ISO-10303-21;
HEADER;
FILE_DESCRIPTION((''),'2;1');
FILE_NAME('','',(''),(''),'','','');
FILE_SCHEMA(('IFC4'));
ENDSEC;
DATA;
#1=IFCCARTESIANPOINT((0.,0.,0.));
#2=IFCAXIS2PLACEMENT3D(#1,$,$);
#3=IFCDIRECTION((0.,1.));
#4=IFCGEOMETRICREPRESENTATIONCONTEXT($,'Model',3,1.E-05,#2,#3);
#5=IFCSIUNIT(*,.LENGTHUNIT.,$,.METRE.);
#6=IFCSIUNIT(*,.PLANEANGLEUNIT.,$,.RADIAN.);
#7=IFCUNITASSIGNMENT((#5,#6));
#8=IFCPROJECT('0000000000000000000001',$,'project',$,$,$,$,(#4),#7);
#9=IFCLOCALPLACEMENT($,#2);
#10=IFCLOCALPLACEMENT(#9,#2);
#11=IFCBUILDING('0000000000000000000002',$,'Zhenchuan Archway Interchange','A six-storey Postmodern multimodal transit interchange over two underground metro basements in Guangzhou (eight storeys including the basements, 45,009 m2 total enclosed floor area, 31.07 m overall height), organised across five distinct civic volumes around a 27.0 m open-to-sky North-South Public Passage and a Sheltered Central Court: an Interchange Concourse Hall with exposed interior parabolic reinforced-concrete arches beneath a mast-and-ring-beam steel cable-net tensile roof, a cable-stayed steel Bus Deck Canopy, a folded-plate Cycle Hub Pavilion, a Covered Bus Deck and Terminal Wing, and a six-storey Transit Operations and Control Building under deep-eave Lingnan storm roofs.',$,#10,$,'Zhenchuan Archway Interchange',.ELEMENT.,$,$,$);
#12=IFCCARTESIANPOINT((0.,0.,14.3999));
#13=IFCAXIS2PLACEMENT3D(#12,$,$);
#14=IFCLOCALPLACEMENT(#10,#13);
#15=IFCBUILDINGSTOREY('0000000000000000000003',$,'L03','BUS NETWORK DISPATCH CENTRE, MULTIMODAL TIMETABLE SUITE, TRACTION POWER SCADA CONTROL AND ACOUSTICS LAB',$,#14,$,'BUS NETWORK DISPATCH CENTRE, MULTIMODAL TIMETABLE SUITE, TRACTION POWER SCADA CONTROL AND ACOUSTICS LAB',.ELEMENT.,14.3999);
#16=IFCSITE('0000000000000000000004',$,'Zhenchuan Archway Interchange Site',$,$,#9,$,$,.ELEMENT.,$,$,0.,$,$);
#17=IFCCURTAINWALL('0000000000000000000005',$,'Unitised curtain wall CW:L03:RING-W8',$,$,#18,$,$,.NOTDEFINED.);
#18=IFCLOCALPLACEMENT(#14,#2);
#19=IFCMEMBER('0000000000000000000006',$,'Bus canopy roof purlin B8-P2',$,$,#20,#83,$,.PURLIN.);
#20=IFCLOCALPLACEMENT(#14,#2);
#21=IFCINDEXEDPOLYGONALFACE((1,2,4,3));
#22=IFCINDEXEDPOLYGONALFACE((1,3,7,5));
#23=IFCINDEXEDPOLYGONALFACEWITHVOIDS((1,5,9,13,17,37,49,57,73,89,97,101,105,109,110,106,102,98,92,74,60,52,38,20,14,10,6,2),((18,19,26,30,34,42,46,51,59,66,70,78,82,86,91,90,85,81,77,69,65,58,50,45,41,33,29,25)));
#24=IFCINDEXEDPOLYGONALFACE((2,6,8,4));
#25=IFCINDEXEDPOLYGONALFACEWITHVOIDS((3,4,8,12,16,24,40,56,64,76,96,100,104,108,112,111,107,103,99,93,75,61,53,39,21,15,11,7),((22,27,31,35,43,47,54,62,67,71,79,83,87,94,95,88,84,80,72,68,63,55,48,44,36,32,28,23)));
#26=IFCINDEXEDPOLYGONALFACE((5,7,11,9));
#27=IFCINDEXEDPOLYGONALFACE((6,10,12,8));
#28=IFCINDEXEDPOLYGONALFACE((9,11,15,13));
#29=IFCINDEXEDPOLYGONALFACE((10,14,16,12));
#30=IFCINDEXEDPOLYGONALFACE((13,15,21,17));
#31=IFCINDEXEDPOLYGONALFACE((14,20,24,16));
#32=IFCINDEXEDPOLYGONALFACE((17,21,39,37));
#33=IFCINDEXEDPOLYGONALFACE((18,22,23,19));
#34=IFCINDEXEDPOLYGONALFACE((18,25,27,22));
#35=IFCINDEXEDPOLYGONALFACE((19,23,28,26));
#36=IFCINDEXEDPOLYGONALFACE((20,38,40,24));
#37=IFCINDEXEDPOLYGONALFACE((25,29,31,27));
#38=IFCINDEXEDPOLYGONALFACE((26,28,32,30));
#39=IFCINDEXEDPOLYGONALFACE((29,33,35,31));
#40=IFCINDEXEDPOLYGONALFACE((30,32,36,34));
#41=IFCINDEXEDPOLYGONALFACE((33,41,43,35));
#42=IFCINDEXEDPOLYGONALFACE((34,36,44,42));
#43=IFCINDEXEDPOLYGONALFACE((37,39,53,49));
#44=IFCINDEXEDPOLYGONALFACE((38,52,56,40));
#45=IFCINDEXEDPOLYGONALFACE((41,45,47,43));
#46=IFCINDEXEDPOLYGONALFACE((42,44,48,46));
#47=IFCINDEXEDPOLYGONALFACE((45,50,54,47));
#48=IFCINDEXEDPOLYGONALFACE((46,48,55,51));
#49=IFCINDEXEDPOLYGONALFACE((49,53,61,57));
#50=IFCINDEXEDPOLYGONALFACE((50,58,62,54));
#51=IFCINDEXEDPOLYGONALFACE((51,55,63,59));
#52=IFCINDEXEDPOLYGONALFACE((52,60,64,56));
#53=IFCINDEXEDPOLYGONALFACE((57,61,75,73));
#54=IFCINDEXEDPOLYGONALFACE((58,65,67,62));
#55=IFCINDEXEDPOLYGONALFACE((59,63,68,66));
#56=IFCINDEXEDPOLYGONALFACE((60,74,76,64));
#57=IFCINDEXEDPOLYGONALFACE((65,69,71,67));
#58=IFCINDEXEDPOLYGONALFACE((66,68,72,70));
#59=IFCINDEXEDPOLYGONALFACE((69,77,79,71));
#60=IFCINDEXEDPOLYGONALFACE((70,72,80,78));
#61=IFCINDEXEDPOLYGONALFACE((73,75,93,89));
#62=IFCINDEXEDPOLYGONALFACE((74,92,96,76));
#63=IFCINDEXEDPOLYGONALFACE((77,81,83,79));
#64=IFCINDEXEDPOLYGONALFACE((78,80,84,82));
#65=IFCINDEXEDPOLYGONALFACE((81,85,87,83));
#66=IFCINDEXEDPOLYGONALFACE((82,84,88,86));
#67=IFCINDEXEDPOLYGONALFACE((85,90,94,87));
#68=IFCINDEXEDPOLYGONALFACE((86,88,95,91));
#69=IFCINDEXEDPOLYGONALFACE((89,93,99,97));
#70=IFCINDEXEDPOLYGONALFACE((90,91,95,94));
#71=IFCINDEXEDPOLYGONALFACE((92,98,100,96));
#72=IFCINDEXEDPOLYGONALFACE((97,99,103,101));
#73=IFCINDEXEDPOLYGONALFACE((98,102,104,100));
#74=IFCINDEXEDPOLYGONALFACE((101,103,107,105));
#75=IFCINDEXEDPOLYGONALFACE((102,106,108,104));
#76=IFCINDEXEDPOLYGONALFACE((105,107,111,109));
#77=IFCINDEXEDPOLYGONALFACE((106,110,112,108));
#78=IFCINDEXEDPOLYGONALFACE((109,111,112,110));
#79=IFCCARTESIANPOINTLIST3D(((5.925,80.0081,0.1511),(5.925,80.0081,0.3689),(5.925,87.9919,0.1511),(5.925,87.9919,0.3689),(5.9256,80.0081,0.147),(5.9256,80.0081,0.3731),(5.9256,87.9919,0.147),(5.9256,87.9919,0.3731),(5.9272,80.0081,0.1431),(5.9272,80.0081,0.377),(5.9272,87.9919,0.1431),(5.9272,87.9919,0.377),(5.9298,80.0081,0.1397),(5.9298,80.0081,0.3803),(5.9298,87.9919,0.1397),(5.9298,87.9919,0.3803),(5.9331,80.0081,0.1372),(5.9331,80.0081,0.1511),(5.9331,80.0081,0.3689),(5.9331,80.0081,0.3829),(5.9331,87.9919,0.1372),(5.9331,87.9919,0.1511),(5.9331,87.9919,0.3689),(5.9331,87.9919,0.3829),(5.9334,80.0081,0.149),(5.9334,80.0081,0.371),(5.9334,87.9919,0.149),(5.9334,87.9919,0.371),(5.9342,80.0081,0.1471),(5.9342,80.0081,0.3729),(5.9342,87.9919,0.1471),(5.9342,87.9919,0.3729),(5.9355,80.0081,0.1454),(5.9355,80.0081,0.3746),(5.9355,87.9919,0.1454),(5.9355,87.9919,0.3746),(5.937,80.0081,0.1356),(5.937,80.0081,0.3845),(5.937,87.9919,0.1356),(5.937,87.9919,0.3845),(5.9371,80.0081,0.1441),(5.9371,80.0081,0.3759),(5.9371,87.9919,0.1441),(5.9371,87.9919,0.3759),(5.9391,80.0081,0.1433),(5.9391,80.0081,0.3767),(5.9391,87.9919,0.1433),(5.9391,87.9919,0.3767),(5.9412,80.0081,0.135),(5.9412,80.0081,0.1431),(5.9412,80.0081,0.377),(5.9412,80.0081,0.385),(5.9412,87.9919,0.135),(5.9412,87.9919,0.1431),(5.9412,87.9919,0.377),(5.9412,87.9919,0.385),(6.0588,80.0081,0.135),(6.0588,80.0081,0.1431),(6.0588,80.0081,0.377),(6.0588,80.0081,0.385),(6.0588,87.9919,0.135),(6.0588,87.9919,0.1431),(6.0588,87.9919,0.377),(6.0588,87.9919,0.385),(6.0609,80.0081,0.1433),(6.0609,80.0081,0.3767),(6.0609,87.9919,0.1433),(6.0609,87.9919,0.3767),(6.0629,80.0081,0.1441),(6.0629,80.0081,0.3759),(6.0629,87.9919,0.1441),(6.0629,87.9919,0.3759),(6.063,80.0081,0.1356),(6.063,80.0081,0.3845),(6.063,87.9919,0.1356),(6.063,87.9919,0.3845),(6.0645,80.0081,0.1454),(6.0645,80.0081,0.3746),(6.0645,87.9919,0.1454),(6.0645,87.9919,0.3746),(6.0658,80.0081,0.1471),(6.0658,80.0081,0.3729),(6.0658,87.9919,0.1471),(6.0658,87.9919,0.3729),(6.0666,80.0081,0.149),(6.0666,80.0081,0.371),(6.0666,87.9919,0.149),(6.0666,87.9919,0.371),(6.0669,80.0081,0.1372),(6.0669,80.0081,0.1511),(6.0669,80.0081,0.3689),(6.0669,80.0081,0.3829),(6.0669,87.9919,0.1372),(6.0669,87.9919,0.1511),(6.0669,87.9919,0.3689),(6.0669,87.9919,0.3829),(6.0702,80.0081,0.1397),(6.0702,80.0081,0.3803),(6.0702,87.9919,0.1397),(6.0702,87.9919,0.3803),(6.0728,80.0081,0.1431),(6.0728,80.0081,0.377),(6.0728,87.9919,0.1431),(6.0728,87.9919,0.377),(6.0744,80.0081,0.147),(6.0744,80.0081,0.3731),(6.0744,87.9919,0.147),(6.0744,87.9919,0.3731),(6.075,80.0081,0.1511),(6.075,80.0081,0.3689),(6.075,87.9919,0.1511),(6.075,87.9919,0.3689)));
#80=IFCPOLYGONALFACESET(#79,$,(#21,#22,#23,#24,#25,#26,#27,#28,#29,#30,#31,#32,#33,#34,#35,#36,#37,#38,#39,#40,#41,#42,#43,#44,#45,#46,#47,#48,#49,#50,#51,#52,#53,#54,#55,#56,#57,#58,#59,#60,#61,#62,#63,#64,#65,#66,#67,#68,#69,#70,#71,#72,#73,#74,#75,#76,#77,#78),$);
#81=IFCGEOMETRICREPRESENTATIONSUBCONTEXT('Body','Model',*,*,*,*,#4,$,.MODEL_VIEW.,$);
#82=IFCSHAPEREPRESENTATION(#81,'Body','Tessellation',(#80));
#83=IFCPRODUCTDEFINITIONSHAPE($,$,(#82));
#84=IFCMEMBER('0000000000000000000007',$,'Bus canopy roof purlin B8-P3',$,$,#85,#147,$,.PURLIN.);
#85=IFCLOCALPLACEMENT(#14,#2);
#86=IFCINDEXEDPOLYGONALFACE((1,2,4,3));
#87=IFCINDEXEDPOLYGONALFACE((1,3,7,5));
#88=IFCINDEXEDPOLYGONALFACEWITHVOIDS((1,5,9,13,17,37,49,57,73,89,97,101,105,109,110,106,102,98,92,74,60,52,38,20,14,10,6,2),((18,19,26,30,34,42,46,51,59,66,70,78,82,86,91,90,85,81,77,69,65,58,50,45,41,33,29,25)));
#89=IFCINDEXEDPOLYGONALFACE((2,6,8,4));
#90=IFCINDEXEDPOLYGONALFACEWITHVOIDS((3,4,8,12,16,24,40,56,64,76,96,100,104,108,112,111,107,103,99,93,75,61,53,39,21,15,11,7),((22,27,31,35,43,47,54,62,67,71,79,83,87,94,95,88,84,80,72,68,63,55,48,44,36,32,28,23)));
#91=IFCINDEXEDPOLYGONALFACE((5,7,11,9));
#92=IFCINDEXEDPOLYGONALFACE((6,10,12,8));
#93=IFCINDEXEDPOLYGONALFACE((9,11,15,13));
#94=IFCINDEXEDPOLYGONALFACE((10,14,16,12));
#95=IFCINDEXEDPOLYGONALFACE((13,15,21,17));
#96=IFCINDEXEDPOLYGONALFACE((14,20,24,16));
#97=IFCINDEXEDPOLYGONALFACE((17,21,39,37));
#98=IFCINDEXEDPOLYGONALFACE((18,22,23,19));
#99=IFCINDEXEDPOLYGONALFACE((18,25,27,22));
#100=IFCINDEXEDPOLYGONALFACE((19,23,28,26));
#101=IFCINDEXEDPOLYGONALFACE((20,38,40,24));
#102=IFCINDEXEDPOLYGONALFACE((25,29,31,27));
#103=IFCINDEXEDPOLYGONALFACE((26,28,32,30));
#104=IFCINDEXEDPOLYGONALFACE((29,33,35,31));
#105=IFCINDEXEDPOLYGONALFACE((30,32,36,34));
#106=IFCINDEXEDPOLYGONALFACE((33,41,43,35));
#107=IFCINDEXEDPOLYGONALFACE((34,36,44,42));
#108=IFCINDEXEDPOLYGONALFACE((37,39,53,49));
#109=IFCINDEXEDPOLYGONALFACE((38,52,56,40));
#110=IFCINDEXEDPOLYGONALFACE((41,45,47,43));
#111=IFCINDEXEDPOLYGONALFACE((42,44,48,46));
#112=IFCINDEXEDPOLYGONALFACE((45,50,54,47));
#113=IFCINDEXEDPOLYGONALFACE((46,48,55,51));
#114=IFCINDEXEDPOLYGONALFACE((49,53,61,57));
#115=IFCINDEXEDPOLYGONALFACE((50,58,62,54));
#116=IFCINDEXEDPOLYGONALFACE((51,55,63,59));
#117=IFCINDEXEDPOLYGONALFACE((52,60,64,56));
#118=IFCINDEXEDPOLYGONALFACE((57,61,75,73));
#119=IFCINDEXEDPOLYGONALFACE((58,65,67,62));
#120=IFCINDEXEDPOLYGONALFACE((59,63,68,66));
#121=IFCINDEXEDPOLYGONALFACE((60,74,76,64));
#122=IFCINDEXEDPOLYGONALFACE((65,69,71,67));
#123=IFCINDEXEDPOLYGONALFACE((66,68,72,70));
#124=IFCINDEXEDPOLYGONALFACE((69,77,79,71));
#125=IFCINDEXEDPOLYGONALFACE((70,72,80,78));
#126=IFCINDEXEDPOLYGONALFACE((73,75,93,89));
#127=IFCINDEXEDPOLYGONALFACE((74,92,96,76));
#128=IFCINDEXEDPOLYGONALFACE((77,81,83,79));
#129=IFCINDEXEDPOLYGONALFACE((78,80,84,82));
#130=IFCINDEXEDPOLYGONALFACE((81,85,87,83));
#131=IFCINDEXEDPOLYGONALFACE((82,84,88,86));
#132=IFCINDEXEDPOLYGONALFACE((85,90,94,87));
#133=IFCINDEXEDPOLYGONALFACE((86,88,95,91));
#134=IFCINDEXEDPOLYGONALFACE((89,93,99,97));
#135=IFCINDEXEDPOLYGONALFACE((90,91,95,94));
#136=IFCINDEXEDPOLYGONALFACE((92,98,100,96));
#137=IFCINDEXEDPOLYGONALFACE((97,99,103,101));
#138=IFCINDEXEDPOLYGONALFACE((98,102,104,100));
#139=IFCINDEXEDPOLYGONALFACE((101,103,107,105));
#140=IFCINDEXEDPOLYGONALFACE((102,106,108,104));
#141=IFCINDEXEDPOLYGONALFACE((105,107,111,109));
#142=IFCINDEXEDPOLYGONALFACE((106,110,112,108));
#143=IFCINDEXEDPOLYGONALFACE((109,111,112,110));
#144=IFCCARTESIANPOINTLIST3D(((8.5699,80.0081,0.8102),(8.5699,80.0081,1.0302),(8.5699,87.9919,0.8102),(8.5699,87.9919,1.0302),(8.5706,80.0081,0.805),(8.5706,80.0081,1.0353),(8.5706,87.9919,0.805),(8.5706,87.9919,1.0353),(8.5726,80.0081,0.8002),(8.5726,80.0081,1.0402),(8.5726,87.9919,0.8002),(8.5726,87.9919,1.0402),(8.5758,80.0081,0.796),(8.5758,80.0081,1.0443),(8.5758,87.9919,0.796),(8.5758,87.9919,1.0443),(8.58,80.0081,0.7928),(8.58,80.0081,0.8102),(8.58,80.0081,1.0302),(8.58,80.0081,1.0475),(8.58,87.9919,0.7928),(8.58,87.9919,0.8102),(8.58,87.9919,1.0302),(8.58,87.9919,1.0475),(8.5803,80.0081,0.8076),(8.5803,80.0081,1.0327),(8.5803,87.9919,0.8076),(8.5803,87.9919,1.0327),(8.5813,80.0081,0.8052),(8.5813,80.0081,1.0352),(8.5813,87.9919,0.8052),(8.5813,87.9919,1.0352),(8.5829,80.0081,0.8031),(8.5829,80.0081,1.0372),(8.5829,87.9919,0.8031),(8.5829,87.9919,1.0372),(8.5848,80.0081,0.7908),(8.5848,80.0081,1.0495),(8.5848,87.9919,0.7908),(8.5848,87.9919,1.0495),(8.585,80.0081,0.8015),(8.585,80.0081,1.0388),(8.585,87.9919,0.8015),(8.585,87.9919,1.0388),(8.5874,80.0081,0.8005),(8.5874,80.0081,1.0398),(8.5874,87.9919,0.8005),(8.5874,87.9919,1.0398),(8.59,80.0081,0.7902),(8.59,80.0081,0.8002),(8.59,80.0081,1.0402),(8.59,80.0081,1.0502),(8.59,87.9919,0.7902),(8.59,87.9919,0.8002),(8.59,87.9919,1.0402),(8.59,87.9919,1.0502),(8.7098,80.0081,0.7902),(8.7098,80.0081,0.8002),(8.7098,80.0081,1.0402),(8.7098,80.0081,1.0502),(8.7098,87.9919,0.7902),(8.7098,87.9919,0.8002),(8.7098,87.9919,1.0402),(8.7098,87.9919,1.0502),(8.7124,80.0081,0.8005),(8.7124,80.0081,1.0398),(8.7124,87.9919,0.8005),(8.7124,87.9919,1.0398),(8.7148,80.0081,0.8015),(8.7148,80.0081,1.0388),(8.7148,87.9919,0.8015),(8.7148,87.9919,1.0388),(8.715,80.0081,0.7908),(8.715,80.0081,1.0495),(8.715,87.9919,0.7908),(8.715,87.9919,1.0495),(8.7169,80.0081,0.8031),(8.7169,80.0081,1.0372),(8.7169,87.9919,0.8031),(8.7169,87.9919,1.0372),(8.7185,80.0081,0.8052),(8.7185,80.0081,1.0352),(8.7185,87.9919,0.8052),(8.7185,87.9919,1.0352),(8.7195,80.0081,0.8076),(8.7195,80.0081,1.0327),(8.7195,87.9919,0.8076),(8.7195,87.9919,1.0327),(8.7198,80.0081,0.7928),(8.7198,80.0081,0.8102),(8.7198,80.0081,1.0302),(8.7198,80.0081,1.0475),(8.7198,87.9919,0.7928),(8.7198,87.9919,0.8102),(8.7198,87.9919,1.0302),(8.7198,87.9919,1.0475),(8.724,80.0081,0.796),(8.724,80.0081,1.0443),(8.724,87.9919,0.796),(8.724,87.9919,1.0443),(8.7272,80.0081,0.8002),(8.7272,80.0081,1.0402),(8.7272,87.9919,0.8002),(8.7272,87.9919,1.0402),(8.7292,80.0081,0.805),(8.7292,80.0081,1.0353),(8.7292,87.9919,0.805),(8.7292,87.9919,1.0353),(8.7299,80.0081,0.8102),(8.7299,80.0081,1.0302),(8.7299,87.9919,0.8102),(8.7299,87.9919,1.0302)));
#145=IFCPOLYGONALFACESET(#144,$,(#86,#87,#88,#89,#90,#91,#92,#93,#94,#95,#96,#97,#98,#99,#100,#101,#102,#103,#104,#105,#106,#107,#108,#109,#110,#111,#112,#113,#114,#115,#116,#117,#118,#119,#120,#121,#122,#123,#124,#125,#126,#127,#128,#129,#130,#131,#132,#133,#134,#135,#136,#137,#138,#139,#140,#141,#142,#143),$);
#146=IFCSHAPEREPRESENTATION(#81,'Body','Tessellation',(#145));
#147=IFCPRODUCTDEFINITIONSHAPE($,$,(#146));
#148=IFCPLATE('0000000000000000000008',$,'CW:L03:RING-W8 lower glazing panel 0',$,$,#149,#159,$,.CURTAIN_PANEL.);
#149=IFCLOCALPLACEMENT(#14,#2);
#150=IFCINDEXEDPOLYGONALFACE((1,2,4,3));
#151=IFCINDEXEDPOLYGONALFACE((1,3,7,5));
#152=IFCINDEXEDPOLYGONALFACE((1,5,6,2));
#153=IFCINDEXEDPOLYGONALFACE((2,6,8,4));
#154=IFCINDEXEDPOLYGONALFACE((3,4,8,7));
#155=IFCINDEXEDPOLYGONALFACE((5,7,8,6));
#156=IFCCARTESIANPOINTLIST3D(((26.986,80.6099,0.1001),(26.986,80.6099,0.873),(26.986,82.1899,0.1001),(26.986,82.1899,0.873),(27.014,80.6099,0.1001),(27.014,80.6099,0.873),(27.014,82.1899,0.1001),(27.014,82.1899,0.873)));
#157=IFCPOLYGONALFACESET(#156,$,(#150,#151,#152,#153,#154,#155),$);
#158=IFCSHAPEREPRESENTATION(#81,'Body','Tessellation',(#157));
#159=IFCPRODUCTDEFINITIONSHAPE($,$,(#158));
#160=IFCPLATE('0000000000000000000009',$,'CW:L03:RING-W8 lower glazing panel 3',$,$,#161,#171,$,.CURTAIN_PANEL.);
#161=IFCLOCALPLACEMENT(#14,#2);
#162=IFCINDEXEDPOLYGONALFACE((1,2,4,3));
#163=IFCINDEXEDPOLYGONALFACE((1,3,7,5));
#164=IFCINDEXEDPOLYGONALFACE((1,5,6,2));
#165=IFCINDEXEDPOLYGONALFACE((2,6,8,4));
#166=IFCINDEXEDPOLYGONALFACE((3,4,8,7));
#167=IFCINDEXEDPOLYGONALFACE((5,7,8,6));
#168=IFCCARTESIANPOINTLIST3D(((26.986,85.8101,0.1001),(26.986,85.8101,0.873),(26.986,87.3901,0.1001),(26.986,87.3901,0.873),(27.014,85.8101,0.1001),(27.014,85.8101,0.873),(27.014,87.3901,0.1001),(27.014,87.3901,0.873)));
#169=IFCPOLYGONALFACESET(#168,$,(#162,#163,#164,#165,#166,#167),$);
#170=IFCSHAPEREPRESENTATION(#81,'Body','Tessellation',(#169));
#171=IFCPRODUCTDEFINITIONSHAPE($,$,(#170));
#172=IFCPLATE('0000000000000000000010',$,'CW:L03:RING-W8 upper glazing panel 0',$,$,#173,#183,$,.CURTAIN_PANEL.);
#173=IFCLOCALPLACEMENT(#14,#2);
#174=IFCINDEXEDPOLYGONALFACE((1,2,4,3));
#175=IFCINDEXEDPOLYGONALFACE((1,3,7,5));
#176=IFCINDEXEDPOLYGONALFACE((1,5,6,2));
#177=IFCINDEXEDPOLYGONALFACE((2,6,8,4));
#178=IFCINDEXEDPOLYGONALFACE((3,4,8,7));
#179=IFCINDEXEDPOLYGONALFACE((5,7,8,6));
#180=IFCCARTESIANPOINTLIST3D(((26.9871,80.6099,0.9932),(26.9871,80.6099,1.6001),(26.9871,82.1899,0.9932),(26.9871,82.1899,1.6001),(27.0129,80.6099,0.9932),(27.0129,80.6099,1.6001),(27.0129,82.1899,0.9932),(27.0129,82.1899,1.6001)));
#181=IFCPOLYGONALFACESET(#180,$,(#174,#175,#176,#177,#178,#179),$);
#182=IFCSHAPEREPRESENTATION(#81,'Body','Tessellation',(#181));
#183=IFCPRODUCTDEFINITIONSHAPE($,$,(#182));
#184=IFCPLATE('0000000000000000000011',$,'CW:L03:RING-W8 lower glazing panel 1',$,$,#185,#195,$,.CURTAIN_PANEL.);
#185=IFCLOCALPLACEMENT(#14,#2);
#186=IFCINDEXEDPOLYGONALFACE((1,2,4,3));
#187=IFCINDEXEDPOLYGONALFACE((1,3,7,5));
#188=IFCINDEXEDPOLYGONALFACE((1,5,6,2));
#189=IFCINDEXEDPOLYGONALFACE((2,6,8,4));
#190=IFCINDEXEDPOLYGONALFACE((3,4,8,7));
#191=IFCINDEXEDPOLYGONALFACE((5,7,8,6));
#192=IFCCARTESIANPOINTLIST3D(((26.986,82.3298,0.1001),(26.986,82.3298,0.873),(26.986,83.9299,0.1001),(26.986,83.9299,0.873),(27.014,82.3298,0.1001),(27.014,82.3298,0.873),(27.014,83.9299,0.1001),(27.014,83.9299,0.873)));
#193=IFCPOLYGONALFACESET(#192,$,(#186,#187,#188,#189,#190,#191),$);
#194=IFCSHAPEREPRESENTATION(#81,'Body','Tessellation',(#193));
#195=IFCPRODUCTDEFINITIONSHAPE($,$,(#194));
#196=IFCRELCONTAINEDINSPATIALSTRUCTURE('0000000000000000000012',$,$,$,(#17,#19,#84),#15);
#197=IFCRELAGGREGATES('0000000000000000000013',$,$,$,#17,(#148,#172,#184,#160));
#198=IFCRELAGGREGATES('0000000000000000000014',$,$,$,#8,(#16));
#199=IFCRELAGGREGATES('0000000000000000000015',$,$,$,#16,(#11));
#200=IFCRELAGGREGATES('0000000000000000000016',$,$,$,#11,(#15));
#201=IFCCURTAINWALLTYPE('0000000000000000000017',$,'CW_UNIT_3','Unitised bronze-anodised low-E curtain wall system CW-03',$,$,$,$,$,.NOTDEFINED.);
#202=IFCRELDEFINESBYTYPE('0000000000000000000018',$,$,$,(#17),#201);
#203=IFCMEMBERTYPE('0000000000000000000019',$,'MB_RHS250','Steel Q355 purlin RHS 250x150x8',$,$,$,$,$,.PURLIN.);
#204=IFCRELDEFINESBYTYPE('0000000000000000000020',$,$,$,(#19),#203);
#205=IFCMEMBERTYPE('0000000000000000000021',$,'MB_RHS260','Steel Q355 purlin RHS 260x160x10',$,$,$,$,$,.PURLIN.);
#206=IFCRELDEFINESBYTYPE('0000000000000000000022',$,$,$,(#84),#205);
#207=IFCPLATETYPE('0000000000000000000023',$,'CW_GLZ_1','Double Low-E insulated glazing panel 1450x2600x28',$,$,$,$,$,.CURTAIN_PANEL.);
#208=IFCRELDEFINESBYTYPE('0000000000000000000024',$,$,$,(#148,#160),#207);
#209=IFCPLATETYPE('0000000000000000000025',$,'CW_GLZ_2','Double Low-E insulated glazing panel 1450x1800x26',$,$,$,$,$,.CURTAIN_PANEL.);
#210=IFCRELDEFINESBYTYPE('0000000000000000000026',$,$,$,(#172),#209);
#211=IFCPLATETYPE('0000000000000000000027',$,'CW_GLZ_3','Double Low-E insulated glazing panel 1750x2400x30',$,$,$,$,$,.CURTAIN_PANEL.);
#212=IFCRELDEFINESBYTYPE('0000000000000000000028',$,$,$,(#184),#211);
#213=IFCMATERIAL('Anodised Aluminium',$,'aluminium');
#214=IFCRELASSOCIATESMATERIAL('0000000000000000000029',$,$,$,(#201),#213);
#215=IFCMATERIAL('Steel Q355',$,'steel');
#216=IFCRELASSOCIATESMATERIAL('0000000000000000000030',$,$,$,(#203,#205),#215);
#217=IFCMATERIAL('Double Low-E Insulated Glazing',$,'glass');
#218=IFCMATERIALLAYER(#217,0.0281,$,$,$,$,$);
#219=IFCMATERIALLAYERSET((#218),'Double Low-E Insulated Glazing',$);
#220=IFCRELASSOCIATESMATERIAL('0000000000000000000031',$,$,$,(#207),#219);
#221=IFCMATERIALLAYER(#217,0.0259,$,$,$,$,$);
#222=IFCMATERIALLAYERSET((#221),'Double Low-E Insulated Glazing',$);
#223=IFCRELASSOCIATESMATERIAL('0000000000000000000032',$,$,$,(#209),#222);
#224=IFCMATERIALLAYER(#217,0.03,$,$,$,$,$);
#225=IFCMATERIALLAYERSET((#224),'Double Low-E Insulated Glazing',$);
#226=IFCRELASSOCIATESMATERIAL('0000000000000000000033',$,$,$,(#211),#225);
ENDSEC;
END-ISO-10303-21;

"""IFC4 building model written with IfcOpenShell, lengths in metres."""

from ifc_helpers import new_model, si_unit, direction, frame, origin, origin_2d, place, context, subcontext, project, spatial, rectangle, hollow_rectangle, extrude, material, layer, layer_set, material_profile, profile_set, type_object, element, aggregate, save


model = new_model("IFC4")

# Units and contexts
model_context = context("Model", 3, precision=1e-05, world=origin(), true_north=direction((0.0, 1.0)))
body_context = subcontext(model_context, "Body", "Model", "MODEL_VIEW")
ifc_project = project(units=[si_unit("LENGTHUNIT", "METRE"), si_unit("PLANEANGLEUNIT", "RADIAN")], contexts=[model_context])

# Site, building, storey
site_placement = place(None, origin())
site = spatial("IfcSite", under=ifc_project, at=site_placement, Name="Zhenchuan Archway Interchange Site", CompositionType="ELEMENT", RefElevation=0.0)
building_placement = place(site_placement, origin())
building = spatial("IfcBuilding", under=site, at=building_placement, Name="Zhenchuan Archway Interchange", Description="A six-storey Postmodern multimodal transit interchange over two underground metro basements in Guangzhou (eight storeys including the basements, 45,009 m2 total enclosed floor area, 31.07 m overall height), organised across five distinct civic volumes around a 27.0 m open-to-sky North-South Public Passage and a Sheltered Central Court: an Interchange Concourse Hall with exposed interior parabolic reinforced-concrete arches beneath a mast-and-ring-beam steel cable-net tensile roof, a cable-stayed steel Bus Deck Canopy, a folded-plate Cycle Hub Pavilion, a Covered Bus Deck and Terminal Wing, and a six-storey Transit Operations and Control Building under deep-eave Lingnan storm roofs.", LongName="Zhenchuan Archway Interchange", CompositionType="ELEMENT")
storey_placement = place(building_placement, frame((0.0, 0.0, 14.3999)))
storey = spatial("IfcBuildingStorey", under=building, at=storey_placement, Name="L03", Description="BUS NETWORK DISPATCH CENTRE, MULTIMODAL TIMETABLE SUITE, TRACTION POWER SCADA CONTROL AND ACOUSTICS LAB", LongName="BUS NETWORK DISPATCH CENTRE, MULTIMODAL TIMETABLE SUITE, TRACTION POWER SCADA CONTROL AND ACOUSTICS LAB", CompositionType="ELEMENT", Elevation=14.3999)

# Shared definitions
ifc_material_1 = material(Name="Steel Q355", Category="steel")

# Curtain wall
ifc_material_2 = material(Name="Anodised Aluminium", Category="aluminium")
curtain_wall_type = type_object("IfcCurtainWallType", Name="CW_UNIT_3", Description="Unitised bronze-anodised low-E curtain wall system CW-03", PredefinedType="NOTDEFINED", material=ifc_material_2)
curtain_wall_placement = place(storey_placement, origin())
curtain_wall = element("IfcCurtainWall", 1, at=curtain_wall_placement, inside=storey, type_object=curtain_wall_type, Name="Unitised curtain wall CW:L03:RING-W8", PredefinedType="NOTDEFINED")

# Members
ifc_material_profile_1 = material_profile(ifc_material_1, hollow_rectangle(XDim=0.1499, YDim=0.25, WallThickness=0.0081, InnerFilletRadius=0.0081, OuterFilletRadius=0.0161, at=origin_2d()), Name="RHS 250x150x8")
ifc_profile_set_1 = profile_set([ifc_material_profile_1], Name="Steel Q355")
member_type_1 = type_object("IfcMemberType", Name="MB_RHS250", Description="Steel Q355 purlin RHS 250x150x8", PredefinedType="PURLIN", material=ifc_profile_set_1)
member_1_placement = place(storey_placement, frame((6.0, 80.0081, 0.26), z_axis=(0.0, 1.0, 0.0), x_axis=(-1.0, 0.0, 0.0)))
element("IfcMember", 2, at=member_1_placement, inside=storey, type_object=member_type_1, Name="Bus canopy roof purlin B8-P2", PredefinedType="PURLIN", context=body_context, shape_type="SweptSolid", body=[
    extrude(hollow_rectangle(XDim=0.1499, YDim=0.25, WallThickness=0.0081, InnerFilletRadius=0.0081, OuterFilletRadius=0.0161, at=origin_2d()), origin(), (0.0, 0.0, 1.0), 7.9839),
])
ifc_material_profile_2 = material_profile(ifc_material_1, hollow_rectangle(XDim=0.1599, YDim=0.26, WallThickness=0.01, InnerFilletRadius=0.01, OuterFilletRadius=0.02, at=origin_2d()), Name="RHS 260x160x10")
ifc_profile_set_2 = profile_set([ifc_material_profile_2], Name="Steel Q355")
member_type_2 = type_object("IfcMemberType", Name="MB_RHS260", Description="Steel Q355 purlin RHS 260x160x10", PredefinedType="PURLIN", material=ifc_profile_set_2)
member_2_placement = place(storey_placement, frame((8.6499, 80.0081, 0.9202), z_axis=(0.0, 1.0, 0.0), x_axis=(-1.0, 0.0, 0.0)))
element("IfcMember", 3, at=member_2_placement, inside=storey, type_object=member_type_2, Name="Bus canopy roof purlin B8-P3", PredefinedType="PURLIN", context=body_context, shape_type="SweptSolid", body=[
    extrude(hollow_rectangle(XDim=0.1599, YDim=0.26, WallThickness=0.01, InnerFilletRadius=0.01, OuterFilletRadius=0.02, at=origin_2d()), origin(), (0.0, 0.0, 1.0), 7.9839),
])

# Plates
ifc_material_3 = material(Name="Double Low-E Insulated Glazing", Category="glass")
ifc_layer_1 = layer(ifc_material_3, 0.0281)
ifc_layer_set_1 = layer_set([ifc_layer_1], Name="Double Low-E Insulated Glazing")
plate_type_1 = type_object("IfcPlateType", Name="CW_GLZ_1", Description="Double Low-E insulated glazing panel 1450x2600x28", PredefinedType="CURTAIN_PANEL", material=ifc_layer_set_1)
plate_1_placement = place(storey_placement, frame((27.0, 81.3999, 0.1001), z_axis=(0.0, 0.0, 1.0), x_axis=(0.0, 1.0, 0.0)))
plate_1 = element("IfcPlate", 4, at=plate_1_placement, type_object=plate_type_1, Name="CW:L03:RING-W8 lower glazing panel 0", PredefinedType="CURTAIN_PANEL", context=body_context, shape_type="SweptSolid", body=[
    extrude(rectangle(XDim=1.5801, YDim=0.0281, at=origin_2d()), origin(), (0.0, 0.0, 1.0), 0.7729),
])
plate_2_placement = place(storey_placement, frame((27.0, 86.6001, 0.1001), z_axis=(0.0, 0.0, 1.0), x_axis=(0.0, 1.0, 0.0)))
plate_2 = element("IfcPlate", 5, at=plate_2_placement, type_object=plate_type_1, Name="CW:L03:RING-W8 lower glazing panel 3", PredefinedType="CURTAIN_PANEL", context=body_context, shape_type="SweptSolid", body=[
    extrude(rectangle(XDim=1.5801, YDim=0.0281, at=origin_2d()), origin(), (0.0, 0.0, 1.0), 0.7729),
])
ifc_layer_2 = layer(ifc_material_3, 0.0259)
ifc_layer_set_2 = layer_set([ifc_layer_2], Name="Double Low-E Insulated Glazing")
plate_type_2 = type_object("IfcPlateType", Name="CW_GLZ_2", Description="Double Low-E insulated glazing panel 1450x1800x26", PredefinedType="CURTAIN_PANEL", material=ifc_layer_set_2)
plate_3_placement = place(storey_placement, frame((27.0, 81.3999, 0.9932), z_axis=(0.0, 0.0, 1.0), x_axis=(0.0, 1.0, 0.0)))
plate_3 = element("IfcPlate", 6, at=plate_3_placement, type_object=plate_type_2, Name="CW:L03:RING-W8 upper glazing panel 0", PredefinedType="CURTAIN_PANEL", context=body_context, shape_type="SweptSolid", body=[
    extrude(rectangle(XDim=1.5801, YDim=0.0259, at=origin_2d()), origin(), (0.0, 0.0, 1.0), 0.6069),
])
ifc_layer_3 = layer(ifc_material_3, 0.03)
ifc_layer_set_3 = layer_set([ifc_layer_3], Name="Double Low-E Insulated Glazing")
plate_type_3 = type_object("IfcPlateType", Name="CW_GLZ_3", Description="Double Low-E insulated glazing panel 1750x2400x30", PredefinedType="CURTAIN_PANEL", material=ifc_layer_set_3)
plate_4_placement = place(storey_placement, frame((27.0, 83.1299, 0.1001), z_axis=(0.0, 0.0, 1.0), x_axis=(0.0, 1.0, 0.0)))
plate_4 = element("IfcPlate", 7, at=plate_4_placement, type_object=plate_type_3, Name="CW:L03:RING-W8 lower glazing panel 1", PredefinedType="CURTAIN_PANEL", context=body_context, shape_type="SweptSolid", body=[
    extrude(rectangle(XDim=1.6001, YDim=0.0281, at=origin_2d()), origin(), (0.0, 0.0, 1.0), 0.7729),
])
aggregate(curtain_wall, [plate_1, plate_3, plate_4, plate_2])

save(model, "model.ifc")
